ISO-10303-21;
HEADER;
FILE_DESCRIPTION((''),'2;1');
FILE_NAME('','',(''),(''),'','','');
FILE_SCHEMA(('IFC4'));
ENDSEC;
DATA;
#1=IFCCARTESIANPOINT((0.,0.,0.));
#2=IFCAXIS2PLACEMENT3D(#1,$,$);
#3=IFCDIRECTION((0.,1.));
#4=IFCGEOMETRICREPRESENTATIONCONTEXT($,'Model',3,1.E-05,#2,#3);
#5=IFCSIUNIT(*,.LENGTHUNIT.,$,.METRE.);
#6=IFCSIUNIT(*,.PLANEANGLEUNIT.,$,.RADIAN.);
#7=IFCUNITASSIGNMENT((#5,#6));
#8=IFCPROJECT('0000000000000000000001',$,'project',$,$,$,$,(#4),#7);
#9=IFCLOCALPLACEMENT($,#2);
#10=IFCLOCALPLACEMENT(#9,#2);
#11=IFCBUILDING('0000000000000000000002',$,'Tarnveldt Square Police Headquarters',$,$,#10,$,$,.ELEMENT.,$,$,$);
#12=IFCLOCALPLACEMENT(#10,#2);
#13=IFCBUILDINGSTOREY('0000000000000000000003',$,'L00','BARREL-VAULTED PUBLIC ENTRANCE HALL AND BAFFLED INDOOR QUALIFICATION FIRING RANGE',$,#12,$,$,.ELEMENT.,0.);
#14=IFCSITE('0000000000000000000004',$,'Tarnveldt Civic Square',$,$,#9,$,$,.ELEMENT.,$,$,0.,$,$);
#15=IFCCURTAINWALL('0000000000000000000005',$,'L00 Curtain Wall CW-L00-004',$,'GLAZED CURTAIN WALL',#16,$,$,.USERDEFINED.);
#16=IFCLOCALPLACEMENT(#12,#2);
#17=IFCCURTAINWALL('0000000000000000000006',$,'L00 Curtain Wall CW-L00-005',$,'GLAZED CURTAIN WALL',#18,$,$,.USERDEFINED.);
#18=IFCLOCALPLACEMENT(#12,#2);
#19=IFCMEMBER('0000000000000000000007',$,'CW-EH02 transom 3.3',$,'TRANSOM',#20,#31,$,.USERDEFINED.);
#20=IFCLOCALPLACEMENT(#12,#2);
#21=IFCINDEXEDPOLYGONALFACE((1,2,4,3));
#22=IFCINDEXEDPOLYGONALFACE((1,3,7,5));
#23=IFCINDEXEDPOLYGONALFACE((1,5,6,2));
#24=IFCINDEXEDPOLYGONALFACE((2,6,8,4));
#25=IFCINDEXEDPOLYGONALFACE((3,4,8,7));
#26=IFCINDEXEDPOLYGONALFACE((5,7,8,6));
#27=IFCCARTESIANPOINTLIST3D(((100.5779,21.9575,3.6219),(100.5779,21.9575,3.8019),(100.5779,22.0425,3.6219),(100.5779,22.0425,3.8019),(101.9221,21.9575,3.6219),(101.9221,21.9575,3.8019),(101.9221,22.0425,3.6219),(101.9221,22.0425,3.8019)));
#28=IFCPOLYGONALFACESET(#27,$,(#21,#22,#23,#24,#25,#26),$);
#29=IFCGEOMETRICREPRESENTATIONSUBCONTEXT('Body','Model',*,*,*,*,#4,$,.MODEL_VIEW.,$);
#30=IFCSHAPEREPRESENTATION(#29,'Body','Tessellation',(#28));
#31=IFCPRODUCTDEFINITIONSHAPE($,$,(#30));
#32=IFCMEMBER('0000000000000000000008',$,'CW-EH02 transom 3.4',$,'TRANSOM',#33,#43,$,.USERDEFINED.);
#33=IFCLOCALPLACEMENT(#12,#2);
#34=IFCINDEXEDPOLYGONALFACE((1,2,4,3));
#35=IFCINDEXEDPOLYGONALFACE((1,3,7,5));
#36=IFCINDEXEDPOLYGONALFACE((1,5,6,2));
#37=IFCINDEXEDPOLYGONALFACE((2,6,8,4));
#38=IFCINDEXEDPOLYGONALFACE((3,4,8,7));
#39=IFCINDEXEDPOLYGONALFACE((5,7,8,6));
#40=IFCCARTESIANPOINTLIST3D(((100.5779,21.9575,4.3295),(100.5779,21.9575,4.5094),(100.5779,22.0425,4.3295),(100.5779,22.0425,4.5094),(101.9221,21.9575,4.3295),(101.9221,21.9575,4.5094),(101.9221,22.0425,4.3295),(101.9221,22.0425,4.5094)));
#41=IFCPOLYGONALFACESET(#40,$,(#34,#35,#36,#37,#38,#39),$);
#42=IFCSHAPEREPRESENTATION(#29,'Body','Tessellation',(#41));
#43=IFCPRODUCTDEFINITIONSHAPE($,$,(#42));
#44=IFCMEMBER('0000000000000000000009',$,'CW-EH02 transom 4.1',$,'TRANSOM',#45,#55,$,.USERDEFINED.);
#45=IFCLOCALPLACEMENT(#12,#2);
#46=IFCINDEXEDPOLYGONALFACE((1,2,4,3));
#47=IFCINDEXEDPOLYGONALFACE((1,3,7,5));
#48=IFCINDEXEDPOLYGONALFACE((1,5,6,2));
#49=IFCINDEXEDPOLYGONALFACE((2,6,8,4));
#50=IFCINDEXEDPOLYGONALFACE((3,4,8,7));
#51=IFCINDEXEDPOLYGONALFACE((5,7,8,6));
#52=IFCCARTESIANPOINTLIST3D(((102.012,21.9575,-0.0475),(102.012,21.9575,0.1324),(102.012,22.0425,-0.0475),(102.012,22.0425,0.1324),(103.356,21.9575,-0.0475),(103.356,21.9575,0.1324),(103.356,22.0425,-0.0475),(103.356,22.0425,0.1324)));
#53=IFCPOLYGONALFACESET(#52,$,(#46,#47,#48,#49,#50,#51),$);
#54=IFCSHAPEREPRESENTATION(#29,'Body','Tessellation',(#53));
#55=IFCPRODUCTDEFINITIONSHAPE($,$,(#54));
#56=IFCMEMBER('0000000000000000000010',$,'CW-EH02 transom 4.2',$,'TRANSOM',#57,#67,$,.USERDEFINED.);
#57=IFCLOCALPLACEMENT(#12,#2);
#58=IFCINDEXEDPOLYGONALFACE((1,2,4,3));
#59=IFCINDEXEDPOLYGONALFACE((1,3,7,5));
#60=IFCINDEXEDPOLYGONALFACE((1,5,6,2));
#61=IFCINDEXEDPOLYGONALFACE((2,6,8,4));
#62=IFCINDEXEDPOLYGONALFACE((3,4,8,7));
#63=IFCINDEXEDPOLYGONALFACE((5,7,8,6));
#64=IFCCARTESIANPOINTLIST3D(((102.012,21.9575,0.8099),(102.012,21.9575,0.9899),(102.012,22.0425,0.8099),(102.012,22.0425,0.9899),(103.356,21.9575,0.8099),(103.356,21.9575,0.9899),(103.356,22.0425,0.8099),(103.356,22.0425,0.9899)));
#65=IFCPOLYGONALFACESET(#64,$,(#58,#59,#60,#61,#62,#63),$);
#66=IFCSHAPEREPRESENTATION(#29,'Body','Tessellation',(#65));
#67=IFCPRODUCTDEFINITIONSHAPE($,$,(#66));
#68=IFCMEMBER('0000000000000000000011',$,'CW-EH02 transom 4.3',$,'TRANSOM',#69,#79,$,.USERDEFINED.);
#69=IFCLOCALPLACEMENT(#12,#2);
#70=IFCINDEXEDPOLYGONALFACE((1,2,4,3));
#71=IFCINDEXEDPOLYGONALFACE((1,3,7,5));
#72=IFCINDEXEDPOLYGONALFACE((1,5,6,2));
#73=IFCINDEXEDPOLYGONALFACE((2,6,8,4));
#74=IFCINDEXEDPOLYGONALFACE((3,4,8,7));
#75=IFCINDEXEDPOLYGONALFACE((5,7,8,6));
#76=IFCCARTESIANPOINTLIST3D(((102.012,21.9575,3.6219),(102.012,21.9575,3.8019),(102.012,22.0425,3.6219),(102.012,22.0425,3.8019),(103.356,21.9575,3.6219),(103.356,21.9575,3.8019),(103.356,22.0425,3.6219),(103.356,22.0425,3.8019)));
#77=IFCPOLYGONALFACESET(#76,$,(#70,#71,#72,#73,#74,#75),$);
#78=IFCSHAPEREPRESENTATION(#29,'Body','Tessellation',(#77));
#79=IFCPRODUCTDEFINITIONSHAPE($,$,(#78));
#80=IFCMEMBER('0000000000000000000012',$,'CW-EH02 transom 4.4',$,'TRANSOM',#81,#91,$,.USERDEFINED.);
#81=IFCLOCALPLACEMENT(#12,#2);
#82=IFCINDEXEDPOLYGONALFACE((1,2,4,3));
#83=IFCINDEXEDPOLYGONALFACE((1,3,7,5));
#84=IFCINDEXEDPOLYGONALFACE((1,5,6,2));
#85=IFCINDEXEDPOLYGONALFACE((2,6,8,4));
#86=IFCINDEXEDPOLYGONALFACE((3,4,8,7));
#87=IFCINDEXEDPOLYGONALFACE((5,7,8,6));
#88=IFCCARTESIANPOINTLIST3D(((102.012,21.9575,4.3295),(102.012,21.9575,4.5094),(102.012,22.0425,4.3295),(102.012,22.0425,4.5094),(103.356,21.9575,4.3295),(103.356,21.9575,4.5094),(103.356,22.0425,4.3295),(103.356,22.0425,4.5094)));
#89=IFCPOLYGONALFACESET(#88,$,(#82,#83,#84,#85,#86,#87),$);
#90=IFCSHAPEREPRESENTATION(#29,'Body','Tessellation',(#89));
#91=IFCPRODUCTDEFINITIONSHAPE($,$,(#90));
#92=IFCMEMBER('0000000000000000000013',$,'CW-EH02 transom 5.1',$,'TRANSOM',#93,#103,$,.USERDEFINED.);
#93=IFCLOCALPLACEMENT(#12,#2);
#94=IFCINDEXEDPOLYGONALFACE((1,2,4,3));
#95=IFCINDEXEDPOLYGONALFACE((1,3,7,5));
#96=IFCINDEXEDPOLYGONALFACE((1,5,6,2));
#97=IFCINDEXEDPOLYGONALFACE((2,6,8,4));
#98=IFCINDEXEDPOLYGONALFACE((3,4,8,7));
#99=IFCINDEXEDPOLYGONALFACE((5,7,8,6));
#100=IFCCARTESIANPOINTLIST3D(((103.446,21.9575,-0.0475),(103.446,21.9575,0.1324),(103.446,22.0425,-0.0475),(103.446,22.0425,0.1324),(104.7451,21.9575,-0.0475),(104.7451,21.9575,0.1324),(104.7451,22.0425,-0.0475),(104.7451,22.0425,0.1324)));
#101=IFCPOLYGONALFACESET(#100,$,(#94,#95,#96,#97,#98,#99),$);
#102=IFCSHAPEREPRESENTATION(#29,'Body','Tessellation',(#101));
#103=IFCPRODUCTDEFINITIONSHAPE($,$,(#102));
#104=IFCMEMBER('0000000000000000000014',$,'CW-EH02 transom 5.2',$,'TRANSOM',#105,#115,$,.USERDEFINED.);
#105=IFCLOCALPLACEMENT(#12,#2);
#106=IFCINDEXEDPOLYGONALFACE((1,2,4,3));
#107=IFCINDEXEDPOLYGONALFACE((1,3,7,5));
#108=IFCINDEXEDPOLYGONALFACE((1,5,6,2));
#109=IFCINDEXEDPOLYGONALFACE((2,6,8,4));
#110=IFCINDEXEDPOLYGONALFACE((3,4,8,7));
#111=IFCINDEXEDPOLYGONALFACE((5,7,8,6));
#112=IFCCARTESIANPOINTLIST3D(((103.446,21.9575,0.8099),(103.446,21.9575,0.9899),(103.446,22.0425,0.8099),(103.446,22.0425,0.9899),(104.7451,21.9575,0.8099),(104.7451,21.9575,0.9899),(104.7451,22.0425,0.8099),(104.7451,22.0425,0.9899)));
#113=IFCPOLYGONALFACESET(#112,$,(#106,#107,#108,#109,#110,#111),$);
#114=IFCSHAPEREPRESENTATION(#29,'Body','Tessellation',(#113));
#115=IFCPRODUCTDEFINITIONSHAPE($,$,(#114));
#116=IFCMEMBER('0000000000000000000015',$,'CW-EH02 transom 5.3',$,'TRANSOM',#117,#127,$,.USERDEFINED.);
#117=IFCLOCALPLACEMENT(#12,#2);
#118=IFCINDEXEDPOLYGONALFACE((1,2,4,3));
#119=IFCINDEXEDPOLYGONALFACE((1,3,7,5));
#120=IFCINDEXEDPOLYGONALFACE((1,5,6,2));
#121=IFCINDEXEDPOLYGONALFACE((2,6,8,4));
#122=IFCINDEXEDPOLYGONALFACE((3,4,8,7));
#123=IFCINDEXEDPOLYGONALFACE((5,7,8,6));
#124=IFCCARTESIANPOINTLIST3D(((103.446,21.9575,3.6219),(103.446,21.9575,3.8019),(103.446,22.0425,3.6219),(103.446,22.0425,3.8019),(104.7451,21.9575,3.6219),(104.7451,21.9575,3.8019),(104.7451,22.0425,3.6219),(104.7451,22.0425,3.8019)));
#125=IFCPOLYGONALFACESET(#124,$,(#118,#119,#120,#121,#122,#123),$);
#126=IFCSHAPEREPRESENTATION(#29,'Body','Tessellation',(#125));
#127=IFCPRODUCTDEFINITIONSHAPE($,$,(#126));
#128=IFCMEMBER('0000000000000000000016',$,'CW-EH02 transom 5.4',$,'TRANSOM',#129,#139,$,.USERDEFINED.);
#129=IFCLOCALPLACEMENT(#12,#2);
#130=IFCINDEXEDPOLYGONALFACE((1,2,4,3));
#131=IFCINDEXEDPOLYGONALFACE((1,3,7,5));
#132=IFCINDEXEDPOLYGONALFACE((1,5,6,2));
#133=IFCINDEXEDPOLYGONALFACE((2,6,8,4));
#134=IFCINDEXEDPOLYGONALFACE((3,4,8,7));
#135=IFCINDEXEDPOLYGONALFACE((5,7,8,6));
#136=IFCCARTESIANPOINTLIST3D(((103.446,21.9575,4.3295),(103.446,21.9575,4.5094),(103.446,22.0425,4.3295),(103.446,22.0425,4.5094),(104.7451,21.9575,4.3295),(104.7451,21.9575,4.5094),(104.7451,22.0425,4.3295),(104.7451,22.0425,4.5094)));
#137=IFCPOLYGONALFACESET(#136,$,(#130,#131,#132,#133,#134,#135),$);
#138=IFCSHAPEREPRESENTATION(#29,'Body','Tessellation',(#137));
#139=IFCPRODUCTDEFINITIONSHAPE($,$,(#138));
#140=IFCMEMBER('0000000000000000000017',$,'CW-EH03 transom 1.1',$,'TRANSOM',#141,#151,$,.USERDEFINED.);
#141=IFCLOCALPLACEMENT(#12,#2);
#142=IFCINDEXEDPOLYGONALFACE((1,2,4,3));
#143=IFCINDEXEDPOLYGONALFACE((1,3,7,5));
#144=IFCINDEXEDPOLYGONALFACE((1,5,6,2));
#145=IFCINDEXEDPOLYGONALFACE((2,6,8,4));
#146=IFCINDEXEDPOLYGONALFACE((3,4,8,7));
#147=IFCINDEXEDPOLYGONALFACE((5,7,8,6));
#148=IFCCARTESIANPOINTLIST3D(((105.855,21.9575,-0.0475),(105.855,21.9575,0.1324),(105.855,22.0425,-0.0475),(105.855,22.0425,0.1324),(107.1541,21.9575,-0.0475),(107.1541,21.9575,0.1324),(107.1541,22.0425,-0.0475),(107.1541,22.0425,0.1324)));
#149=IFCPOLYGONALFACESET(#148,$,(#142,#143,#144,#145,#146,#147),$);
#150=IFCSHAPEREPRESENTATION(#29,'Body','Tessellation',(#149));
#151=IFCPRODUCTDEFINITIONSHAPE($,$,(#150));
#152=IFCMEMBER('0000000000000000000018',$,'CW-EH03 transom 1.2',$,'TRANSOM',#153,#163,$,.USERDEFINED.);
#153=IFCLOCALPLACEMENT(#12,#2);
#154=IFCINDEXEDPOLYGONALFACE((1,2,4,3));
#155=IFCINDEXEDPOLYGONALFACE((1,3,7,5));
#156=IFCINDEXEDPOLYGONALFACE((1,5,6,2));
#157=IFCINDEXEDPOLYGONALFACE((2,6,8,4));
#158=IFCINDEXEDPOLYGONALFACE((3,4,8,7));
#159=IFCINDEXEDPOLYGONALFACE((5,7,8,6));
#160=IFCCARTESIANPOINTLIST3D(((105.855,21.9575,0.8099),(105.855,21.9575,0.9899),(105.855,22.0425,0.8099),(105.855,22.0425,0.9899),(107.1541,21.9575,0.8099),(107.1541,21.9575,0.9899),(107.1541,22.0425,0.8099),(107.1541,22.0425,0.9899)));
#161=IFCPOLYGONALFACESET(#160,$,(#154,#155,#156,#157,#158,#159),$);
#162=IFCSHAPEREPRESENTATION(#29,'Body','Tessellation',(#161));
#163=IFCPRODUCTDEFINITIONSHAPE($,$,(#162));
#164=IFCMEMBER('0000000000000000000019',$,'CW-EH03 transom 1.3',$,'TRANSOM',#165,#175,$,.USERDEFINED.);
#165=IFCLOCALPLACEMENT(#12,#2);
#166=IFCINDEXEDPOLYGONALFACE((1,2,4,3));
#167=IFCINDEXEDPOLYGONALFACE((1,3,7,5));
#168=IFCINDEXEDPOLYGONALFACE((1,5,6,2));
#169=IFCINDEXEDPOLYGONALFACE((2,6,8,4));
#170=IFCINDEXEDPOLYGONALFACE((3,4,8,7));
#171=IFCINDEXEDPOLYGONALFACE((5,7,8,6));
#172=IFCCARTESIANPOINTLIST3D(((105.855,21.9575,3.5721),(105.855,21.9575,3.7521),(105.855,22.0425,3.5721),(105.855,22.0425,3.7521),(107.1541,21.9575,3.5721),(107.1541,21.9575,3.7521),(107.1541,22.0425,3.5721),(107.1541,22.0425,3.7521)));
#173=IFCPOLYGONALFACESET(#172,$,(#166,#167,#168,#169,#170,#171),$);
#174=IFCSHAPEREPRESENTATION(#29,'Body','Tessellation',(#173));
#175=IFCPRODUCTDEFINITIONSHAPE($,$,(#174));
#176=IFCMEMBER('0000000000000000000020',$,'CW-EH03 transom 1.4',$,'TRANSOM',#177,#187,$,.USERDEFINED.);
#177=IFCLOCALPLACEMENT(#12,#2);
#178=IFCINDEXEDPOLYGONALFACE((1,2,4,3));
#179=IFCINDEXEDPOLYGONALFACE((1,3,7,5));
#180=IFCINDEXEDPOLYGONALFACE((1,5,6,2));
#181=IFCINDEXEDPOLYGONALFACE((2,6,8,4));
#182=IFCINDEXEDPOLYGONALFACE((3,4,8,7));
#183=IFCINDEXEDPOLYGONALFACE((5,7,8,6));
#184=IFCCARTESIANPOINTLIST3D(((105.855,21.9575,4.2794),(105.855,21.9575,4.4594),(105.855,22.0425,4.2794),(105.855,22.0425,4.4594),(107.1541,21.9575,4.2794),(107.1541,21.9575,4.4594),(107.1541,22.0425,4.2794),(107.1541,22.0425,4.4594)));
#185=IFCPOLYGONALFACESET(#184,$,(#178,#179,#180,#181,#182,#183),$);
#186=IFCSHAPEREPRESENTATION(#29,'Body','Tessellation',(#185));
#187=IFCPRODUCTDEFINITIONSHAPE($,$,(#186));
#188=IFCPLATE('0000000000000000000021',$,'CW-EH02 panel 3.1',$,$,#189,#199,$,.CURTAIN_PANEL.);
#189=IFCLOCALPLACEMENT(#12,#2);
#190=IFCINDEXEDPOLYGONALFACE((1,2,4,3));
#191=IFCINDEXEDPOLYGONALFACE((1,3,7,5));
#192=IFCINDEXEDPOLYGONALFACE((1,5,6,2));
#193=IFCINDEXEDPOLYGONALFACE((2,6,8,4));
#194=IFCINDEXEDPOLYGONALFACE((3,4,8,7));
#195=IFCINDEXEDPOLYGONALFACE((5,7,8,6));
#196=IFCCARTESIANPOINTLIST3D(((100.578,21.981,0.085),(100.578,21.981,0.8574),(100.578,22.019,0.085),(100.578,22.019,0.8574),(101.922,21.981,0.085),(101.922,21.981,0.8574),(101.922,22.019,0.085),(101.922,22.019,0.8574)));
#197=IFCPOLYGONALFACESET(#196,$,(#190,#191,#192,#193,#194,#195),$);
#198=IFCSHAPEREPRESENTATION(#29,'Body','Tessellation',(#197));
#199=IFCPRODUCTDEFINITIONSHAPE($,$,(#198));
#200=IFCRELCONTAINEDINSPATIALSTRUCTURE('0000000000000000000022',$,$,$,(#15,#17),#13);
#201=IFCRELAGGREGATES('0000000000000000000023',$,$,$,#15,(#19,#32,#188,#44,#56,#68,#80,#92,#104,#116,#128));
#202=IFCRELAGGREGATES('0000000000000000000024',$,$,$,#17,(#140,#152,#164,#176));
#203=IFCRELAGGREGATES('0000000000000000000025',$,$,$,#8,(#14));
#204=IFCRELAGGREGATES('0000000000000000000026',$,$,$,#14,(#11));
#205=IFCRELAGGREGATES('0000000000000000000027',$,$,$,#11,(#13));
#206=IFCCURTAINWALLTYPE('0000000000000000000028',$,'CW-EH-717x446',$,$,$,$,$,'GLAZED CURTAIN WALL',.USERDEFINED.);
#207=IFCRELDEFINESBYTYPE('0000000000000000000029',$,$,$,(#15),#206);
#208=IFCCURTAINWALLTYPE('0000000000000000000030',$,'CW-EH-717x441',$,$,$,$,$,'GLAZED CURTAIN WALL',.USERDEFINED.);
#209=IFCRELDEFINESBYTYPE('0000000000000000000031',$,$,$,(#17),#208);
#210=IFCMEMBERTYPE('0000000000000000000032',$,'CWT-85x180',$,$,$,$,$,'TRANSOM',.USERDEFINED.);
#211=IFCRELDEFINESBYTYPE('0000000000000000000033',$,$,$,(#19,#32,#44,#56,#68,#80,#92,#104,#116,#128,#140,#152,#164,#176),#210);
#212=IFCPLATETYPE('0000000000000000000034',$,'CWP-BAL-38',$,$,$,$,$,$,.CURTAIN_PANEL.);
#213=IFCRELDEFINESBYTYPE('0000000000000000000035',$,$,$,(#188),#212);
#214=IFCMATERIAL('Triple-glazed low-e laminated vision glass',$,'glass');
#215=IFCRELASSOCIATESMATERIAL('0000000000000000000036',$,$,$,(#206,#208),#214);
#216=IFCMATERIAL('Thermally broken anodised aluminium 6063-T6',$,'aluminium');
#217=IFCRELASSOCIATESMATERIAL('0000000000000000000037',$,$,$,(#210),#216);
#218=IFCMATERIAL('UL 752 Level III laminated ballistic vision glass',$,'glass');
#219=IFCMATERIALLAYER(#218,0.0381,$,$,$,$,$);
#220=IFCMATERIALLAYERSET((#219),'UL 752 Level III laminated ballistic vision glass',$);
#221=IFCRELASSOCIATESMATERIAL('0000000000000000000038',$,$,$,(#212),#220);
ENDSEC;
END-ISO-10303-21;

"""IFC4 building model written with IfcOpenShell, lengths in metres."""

from ifc_helpers import new_model, si_unit, direction, frame, origin, origin_2d, place, context, subcontext, project, spatial, rectangle, extrude, material, layer, layer_set, material_profile, profile_set, type_object, element, aggregate, save


model = new_model("IFC4")

# Units and contexts
model_context = context("Model", 3, precision=1e-05, world=origin(), true_north=direction((0.0, 1.0)))
body_context = subcontext(model_context, "Body", "Model", "MODEL_VIEW")
ifc_project = project(units=[si_unit("LENGTHUNIT", "METRE"), si_unit("PLANEANGLEUNIT", "RADIAN")], contexts=[model_context])

# Site, building, storey
site_placement = place(None, origin())
site = spatial("IfcSite", under=ifc_project, at=site_placement, Name="Tarnveldt Civic Square", CompositionType="ELEMENT", RefElevation=0.0)
building_placement = place(site_placement, origin())
building = spatial("IfcBuilding", under=site, at=building_placement, Name="Tarnveldt Square Police Headquarters", CompositionType="ELEMENT")
storey_placement = place(building_placement, origin())
storey = spatial("IfcBuildingStorey", under=building, at=storey_placement, Name="L00", Description="BARREL-VAULTED PUBLIC ENTRANCE HALL AND BAFFLED INDOOR QUALIFICATION FIRING RANGE", CompositionType="ELEMENT", Elevation=0.0)

# Curtain wall
ifc_material_1 = material(Name="Triple-glazed low-e laminated vision glass", Category="glass")
curtain_wall_type_1 = type_object("IfcCurtainWallType", Name="CW-EH-717x446", ElementType="GLAZED CURTAIN WALL", PredefinedType="USERDEFINED", material=ifc_material_1)
curtain_wall_1_placement = place(storey_placement, origin())
curtain_wall_1 = element("IfcCurtainWall", 1, at=curtain_wall_1_placement, inside=storey, type_object=curtain_wall_type_1, Name="L00 Curtain Wall CW-L00-004", ObjectType="GLAZED CURTAIN WALL", PredefinedType="USERDEFINED")
ifc_material_2 = material(Name="Thermally broken anodised aluminium 6063-T6", Category="aluminium")

# Curtain wall
curtain_wall_type_2 = type_object("IfcCurtainWallType", Name="CW-EH-717x441", ElementType="GLAZED CURTAIN WALL", PredefinedType="USERDEFINED", material=ifc_material_1)
curtain_wall_2_placement = place(storey_placement, origin())
curtain_wall_2 = element("IfcCurtainWall", 2, at=curtain_wall_2_placement, inside=storey, type_object=curtain_wall_type_2, Name="L00 Curtain Wall CW-L00-005", ObjectType="GLAZED CURTAIN WALL", PredefinedType="USERDEFINED")

# Members
ifc_material_profile_1 = material_profile(ifc_material_2, rectangle(XDim=0.085, YDim=0.1799, at=origin_2d()), Name="CW-T85x180")
ifc_profile_set_1 = profile_set([ifc_material_profile_1], Name="Thermally broken anodised aluminium 6063-T6")
member_type_1 = type_object("IfcMemberType", Name="CWT-85x180", ElementType="TRANSOM", PredefinedType="USERDEFINED", material=ifc_profile_set_1)
member_1_placement = place(storey_placement, frame((100.5779, 22.0, 3.7119), z_axis=(1.0, 0.0, 0.0), x_axis=(0.0, 1.0, 0.0)))
member_1 = element("IfcMember", 3, at=member_1_placement, type_object=member_type_1, Name="CW-EH02 transom 3.3", ObjectType="TRANSOM", PredefinedType="USERDEFINED", context=body_context, shape_type="SweptSolid", body=[
    extrude(rectangle(XDim=0.085, YDim=0.1799, at=origin_2d()), origin(), (0.0, 0.0, 1.0), 1.3442),
])
member_2_placement = place(storey_placement, frame((100.5779, 22.0, 4.4194), z_axis=(1.0, 0.0, 0.0), x_axis=(0.0, 1.0, 0.0)))
member_2 = element("IfcMember", 4, at=member_2_placement, type_object=member_type_1, Name="CW-EH02 transom 3.4", ObjectType="TRANSOM", PredefinedType="USERDEFINED", context=body_context, shape_type="SweptSolid", body=[
    extrude(rectangle(XDim=0.085, YDim=0.1799, at=origin_2d()), origin(), (0.0, 0.0, 1.0), 1.3442),
])
member_3_placement = place(storey_placement, frame((102.012, 22.0, 0.0425), z_axis=(1.0, 0.0, 0.0), x_axis=(0.0, 1.0, 0.0)))
member_3 = element("IfcMember", 5, at=member_3_placement, type_object=member_type_1, Name="CW-EH02 transom 4.1", ObjectType="TRANSOM", PredefinedType="USERDEFINED", context=body_context, shape_type="SweptSolid", body=[
    extrude(rectangle(XDim=0.085, YDim=0.1799, at=origin_2d()), origin(), (0.0, 0.0, 1.0), 1.344),
])
member_4_placement = place(storey_placement, frame((102.012, 22.0, 0.8999), z_axis=(1.0, 0.0, 0.0), x_axis=(0.0, 1.0, 0.0)))
member_4 = element("IfcMember", 6, at=member_4_placement, type_object=member_type_1, Name="CW-EH02 transom 4.2", ObjectType="TRANSOM", PredefinedType="USERDEFINED", context=body_context, shape_type="SweptSolid", body=[
    extrude(rectangle(XDim=0.085, YDim=0.1799, at=origin_2d()), origin(), (0.0, 0.0, 1.0), 1.344),
])
member_5_placement = place(storey_placement, frame((102.012, 22.0, 3.7119), z_axis=(1.0, 0.0, 0.0), x_axis=(0.0, 1.0, 0.0)))
member_5 = element("IfcMember", 7, at=member_5_placement, type_object=member_type_1, Name="CW-EH02 transom 4.3", ObjectType="TRANSOM", PredefinedType="USERDEFINED", context=body_context, shape_type="SweptSolid", body=[
    extrude(rectangle(XDim=0.085, YDim=0.1799, at=origin_2d()), origin(), (0.0, 0.0, 1.0), 1.344),
])
member_6_placement = place(storey_placement, frame((102.012, 22.0, 4.4194), z_axis=(1.0, 0.0, 0.0), x_axis=(0.0, 1.0, 0.0)))
member_6 = element("IfcMember", 8, at=member_6_placement, type_object=member_type_1, Name="CW-EH02 transom 4.4", ObjectType="TRANSOM", PredefinedType="USERDEFINED", context=body_context, shape_type="SweptSolid", body=[
    extrude(rectangle(XDim=0.085, YDim=0.1799, at=origin_2d()), origin(), (0.0, 0.0, 1.0), 1.344),
])
member_7_placement = place(storey_placement, frame((103.446, 22.0, 0.0425), z_axis=(1.0, 0.0, 0.0), x_axis=(0.0, 1.0, 0.0)))
member_7 = element("IfcMember", 9, at=member_7_placement, type_object=member_type_1, Name="CW-EH02 transom 5.1", ObjectType="TRANSOM", PredefinedType="USERDEFINED", context=body_context, shape_type="SweptSolid", body=[
    extrude(rectangle(XDim=0.085, YDim=0.1799, at=origin_2d()), origin(), (0.0, 0.0, 1.0), 1.2991),
])
member_8_placement = place(storey_placement, frame((103.446, 22.0, 0.8999), z_axis=(1.0, 0.0, 0.0), x_axis=(0.0, 1.0, 0.0)))
member_8 = element("IfcMember", 10, at=member_8_placement, type_object=member_type_1, Name="CW-EH02 transom 5.2", ObjectType="TRANSOM", PredefinedType="USERDEFINED", context=body_context, shape_type="SweptSolid", body=[
    extrude(rectangle(XDim=0.085, YDim=0.1799, at=origin_2d()), origin(), (0.0, 0.0, 1.0), 1.2991),
])
member_9_placement = place(storey_placement, frame((103.446, 22.0, 3.7119), z_axis=(1.0, 0.0, 0.0), x_axis=(0.0, 1.0, 0.0)))
member_9 = element("IfcMember", 11, at=member_9_placement, type_object=member_type_1, Name="CW-EH02 transom 5.3", ObjectType="TRANSOM", PredefinedType="USERDEFINED", context=body_context, shape_type="SweptSolid", body=[
    extrude(rectangle(XDim=0.085, YDim=0.1799, at=origin_2d()), origin(), (0.0, 0.0, 1.0), 1.2991),
])
member_10_placement = place(storey_placement, frame((103.446, 22.0, 4.4194), z_axis=(1.0, 0.0, 0.0), x_axis=(0.0, 1.0, 0.0)))
member_10 = element("IfcMember", 12, at=member_10_placement, type_object=member_type_1, Name="CW-EH02 transom 5.4", ObjectType="TRANSOM", PredefinedType="USERDEFINED", context=body_context, shape_type="SweptSolid", body=[
    extrude(rectangle(XDim=0.085, YDim=0.1799, at=origin_2d()), origin(), (0.0, 0.0, 1.0), 1.2991),
])
member_11_placement = place(storey_placement, frame((105.855, 22.0, 0.0425), z_axis=(1.0, 0.0, 0.0), x_axis=(0.0, 1.0, 0.0)))
member_11 = element("IfcMember", 13, at=member_11_placement, type_object=member_type_1, Name="CW-EH03 transom 1.1", ObjectType="TRANSOM", PredefinedType="USERDEFINED", context=body_context, shape_type="SweptSolid", body=[
    extrude(rectangle(XDim=0.085, YDim=0.1799, at=origin_2d()), origin(), (0.0, 0.0, 1.0), 1.2991),
])
member_12_placement = place(storey_placement, frame((105.855, 22.0, 0.8999), z_axis=(1.0, 0.0, 0.0), x_axis=(0.0, 1.0, 0.0)))
member_12 = element("IfcMember", 14, at=member_12_placement, type_object=member_type_1, Name="CW-EH03 transom 1.2", ObjectType="TRANSOM", PredefinedType="USERDEFINED", context=body_context, shape_type="SweptSolid", body=[
    extrude(rectangle(XDim=0.085, YDim=0.1799, at=origin_2d()), origin(), (0.0, 0.0, 1.0), 1.2991),
])
member_13_placement = place(storey_placement, frame((105.855, 22.0, 3.6621), z_axis=(1.0, 0.0, 0.0), x_axis=(0.0, 1.0, 0.0)))
member_13 = element("IfcMember", 15, at=member_13_placement, type_object=member_type_1, Name="CW-EH03 transom 1.3", ObjectType="TRANSOM", PredefinedType="USERDEFINED", context=body_context, shape_type="SweptSolid", body=[
    extrude(rectangle(XDim=0.085, YDim=0.1799, at=origin_2d()), origin(), (0.0, 0.0, 1.0), 1.2991),
])
member_14_placement = place(storey_placement, frame((105.855, 22.0, 4.3694), z_axis=(1.0, 0.0, 0.0), x_axis=(0.0, 1.0, 0.0)))
member_14 = element("IfcMember", 16, at=member_14_placement, type_object=member_type_1, Name="CW-EH03 transom 1.4", ObjectType="TRANSOM", PredefinedType="USERDEFINED", context=body_context, shape_type="SweptSolid", body=[
    extrude(rectangle(XDim=0.085, YDim=0.1799, at=origin_2d()), origin(), (0.0, 0.0, 1.0), 1.2991),
])

# Plate
ifc_material_3 = material(Name="UL 752 Level III laminated ballistic vision glass", Category="glass")
ifc_layer = layer(ifc_material_3, 0.0381)
ifc_layer_set = layer_set([ifc_layer], Name="UL 752 Level III laminated ballistic vision glass")
plate_type = type_object("IfcPlateType", Name="CWP-BAL-38", PredefinedType="CURTAIN_PANEL", material=ifc_layer_set)
plate_1_placement = place(storey_placement, frame((101.25, 22.0, 0.085), z_axis=(0.0, 0.0, 1.0), x_axis=(1.0, 0.0, 0.0)))
plate_1 = element("IfcPlate", 17, at=plate_1_placement, type_object=plate_type, Name="CW-EH02 panel 3.1", PredefinedType="CURTAIN_PANEL", context=body_context, shape_type="SweptSolid", body=[
    extrude(rectangle(XDim=1.344, YDim=0.0381, at=origin_2d()), origin(), (0.0, 0.0, 1.0), 0.7725),
])
aggregate(curtain_wall_1, [member_1, member_2, plate_1, member_3, member_4, member_5, member_6, member_7, member_8, member_9, member_10])
aggregate(curtain_wall_2, [member_11, member_12, member_13, member_14])

save(model, "model.ifc")
